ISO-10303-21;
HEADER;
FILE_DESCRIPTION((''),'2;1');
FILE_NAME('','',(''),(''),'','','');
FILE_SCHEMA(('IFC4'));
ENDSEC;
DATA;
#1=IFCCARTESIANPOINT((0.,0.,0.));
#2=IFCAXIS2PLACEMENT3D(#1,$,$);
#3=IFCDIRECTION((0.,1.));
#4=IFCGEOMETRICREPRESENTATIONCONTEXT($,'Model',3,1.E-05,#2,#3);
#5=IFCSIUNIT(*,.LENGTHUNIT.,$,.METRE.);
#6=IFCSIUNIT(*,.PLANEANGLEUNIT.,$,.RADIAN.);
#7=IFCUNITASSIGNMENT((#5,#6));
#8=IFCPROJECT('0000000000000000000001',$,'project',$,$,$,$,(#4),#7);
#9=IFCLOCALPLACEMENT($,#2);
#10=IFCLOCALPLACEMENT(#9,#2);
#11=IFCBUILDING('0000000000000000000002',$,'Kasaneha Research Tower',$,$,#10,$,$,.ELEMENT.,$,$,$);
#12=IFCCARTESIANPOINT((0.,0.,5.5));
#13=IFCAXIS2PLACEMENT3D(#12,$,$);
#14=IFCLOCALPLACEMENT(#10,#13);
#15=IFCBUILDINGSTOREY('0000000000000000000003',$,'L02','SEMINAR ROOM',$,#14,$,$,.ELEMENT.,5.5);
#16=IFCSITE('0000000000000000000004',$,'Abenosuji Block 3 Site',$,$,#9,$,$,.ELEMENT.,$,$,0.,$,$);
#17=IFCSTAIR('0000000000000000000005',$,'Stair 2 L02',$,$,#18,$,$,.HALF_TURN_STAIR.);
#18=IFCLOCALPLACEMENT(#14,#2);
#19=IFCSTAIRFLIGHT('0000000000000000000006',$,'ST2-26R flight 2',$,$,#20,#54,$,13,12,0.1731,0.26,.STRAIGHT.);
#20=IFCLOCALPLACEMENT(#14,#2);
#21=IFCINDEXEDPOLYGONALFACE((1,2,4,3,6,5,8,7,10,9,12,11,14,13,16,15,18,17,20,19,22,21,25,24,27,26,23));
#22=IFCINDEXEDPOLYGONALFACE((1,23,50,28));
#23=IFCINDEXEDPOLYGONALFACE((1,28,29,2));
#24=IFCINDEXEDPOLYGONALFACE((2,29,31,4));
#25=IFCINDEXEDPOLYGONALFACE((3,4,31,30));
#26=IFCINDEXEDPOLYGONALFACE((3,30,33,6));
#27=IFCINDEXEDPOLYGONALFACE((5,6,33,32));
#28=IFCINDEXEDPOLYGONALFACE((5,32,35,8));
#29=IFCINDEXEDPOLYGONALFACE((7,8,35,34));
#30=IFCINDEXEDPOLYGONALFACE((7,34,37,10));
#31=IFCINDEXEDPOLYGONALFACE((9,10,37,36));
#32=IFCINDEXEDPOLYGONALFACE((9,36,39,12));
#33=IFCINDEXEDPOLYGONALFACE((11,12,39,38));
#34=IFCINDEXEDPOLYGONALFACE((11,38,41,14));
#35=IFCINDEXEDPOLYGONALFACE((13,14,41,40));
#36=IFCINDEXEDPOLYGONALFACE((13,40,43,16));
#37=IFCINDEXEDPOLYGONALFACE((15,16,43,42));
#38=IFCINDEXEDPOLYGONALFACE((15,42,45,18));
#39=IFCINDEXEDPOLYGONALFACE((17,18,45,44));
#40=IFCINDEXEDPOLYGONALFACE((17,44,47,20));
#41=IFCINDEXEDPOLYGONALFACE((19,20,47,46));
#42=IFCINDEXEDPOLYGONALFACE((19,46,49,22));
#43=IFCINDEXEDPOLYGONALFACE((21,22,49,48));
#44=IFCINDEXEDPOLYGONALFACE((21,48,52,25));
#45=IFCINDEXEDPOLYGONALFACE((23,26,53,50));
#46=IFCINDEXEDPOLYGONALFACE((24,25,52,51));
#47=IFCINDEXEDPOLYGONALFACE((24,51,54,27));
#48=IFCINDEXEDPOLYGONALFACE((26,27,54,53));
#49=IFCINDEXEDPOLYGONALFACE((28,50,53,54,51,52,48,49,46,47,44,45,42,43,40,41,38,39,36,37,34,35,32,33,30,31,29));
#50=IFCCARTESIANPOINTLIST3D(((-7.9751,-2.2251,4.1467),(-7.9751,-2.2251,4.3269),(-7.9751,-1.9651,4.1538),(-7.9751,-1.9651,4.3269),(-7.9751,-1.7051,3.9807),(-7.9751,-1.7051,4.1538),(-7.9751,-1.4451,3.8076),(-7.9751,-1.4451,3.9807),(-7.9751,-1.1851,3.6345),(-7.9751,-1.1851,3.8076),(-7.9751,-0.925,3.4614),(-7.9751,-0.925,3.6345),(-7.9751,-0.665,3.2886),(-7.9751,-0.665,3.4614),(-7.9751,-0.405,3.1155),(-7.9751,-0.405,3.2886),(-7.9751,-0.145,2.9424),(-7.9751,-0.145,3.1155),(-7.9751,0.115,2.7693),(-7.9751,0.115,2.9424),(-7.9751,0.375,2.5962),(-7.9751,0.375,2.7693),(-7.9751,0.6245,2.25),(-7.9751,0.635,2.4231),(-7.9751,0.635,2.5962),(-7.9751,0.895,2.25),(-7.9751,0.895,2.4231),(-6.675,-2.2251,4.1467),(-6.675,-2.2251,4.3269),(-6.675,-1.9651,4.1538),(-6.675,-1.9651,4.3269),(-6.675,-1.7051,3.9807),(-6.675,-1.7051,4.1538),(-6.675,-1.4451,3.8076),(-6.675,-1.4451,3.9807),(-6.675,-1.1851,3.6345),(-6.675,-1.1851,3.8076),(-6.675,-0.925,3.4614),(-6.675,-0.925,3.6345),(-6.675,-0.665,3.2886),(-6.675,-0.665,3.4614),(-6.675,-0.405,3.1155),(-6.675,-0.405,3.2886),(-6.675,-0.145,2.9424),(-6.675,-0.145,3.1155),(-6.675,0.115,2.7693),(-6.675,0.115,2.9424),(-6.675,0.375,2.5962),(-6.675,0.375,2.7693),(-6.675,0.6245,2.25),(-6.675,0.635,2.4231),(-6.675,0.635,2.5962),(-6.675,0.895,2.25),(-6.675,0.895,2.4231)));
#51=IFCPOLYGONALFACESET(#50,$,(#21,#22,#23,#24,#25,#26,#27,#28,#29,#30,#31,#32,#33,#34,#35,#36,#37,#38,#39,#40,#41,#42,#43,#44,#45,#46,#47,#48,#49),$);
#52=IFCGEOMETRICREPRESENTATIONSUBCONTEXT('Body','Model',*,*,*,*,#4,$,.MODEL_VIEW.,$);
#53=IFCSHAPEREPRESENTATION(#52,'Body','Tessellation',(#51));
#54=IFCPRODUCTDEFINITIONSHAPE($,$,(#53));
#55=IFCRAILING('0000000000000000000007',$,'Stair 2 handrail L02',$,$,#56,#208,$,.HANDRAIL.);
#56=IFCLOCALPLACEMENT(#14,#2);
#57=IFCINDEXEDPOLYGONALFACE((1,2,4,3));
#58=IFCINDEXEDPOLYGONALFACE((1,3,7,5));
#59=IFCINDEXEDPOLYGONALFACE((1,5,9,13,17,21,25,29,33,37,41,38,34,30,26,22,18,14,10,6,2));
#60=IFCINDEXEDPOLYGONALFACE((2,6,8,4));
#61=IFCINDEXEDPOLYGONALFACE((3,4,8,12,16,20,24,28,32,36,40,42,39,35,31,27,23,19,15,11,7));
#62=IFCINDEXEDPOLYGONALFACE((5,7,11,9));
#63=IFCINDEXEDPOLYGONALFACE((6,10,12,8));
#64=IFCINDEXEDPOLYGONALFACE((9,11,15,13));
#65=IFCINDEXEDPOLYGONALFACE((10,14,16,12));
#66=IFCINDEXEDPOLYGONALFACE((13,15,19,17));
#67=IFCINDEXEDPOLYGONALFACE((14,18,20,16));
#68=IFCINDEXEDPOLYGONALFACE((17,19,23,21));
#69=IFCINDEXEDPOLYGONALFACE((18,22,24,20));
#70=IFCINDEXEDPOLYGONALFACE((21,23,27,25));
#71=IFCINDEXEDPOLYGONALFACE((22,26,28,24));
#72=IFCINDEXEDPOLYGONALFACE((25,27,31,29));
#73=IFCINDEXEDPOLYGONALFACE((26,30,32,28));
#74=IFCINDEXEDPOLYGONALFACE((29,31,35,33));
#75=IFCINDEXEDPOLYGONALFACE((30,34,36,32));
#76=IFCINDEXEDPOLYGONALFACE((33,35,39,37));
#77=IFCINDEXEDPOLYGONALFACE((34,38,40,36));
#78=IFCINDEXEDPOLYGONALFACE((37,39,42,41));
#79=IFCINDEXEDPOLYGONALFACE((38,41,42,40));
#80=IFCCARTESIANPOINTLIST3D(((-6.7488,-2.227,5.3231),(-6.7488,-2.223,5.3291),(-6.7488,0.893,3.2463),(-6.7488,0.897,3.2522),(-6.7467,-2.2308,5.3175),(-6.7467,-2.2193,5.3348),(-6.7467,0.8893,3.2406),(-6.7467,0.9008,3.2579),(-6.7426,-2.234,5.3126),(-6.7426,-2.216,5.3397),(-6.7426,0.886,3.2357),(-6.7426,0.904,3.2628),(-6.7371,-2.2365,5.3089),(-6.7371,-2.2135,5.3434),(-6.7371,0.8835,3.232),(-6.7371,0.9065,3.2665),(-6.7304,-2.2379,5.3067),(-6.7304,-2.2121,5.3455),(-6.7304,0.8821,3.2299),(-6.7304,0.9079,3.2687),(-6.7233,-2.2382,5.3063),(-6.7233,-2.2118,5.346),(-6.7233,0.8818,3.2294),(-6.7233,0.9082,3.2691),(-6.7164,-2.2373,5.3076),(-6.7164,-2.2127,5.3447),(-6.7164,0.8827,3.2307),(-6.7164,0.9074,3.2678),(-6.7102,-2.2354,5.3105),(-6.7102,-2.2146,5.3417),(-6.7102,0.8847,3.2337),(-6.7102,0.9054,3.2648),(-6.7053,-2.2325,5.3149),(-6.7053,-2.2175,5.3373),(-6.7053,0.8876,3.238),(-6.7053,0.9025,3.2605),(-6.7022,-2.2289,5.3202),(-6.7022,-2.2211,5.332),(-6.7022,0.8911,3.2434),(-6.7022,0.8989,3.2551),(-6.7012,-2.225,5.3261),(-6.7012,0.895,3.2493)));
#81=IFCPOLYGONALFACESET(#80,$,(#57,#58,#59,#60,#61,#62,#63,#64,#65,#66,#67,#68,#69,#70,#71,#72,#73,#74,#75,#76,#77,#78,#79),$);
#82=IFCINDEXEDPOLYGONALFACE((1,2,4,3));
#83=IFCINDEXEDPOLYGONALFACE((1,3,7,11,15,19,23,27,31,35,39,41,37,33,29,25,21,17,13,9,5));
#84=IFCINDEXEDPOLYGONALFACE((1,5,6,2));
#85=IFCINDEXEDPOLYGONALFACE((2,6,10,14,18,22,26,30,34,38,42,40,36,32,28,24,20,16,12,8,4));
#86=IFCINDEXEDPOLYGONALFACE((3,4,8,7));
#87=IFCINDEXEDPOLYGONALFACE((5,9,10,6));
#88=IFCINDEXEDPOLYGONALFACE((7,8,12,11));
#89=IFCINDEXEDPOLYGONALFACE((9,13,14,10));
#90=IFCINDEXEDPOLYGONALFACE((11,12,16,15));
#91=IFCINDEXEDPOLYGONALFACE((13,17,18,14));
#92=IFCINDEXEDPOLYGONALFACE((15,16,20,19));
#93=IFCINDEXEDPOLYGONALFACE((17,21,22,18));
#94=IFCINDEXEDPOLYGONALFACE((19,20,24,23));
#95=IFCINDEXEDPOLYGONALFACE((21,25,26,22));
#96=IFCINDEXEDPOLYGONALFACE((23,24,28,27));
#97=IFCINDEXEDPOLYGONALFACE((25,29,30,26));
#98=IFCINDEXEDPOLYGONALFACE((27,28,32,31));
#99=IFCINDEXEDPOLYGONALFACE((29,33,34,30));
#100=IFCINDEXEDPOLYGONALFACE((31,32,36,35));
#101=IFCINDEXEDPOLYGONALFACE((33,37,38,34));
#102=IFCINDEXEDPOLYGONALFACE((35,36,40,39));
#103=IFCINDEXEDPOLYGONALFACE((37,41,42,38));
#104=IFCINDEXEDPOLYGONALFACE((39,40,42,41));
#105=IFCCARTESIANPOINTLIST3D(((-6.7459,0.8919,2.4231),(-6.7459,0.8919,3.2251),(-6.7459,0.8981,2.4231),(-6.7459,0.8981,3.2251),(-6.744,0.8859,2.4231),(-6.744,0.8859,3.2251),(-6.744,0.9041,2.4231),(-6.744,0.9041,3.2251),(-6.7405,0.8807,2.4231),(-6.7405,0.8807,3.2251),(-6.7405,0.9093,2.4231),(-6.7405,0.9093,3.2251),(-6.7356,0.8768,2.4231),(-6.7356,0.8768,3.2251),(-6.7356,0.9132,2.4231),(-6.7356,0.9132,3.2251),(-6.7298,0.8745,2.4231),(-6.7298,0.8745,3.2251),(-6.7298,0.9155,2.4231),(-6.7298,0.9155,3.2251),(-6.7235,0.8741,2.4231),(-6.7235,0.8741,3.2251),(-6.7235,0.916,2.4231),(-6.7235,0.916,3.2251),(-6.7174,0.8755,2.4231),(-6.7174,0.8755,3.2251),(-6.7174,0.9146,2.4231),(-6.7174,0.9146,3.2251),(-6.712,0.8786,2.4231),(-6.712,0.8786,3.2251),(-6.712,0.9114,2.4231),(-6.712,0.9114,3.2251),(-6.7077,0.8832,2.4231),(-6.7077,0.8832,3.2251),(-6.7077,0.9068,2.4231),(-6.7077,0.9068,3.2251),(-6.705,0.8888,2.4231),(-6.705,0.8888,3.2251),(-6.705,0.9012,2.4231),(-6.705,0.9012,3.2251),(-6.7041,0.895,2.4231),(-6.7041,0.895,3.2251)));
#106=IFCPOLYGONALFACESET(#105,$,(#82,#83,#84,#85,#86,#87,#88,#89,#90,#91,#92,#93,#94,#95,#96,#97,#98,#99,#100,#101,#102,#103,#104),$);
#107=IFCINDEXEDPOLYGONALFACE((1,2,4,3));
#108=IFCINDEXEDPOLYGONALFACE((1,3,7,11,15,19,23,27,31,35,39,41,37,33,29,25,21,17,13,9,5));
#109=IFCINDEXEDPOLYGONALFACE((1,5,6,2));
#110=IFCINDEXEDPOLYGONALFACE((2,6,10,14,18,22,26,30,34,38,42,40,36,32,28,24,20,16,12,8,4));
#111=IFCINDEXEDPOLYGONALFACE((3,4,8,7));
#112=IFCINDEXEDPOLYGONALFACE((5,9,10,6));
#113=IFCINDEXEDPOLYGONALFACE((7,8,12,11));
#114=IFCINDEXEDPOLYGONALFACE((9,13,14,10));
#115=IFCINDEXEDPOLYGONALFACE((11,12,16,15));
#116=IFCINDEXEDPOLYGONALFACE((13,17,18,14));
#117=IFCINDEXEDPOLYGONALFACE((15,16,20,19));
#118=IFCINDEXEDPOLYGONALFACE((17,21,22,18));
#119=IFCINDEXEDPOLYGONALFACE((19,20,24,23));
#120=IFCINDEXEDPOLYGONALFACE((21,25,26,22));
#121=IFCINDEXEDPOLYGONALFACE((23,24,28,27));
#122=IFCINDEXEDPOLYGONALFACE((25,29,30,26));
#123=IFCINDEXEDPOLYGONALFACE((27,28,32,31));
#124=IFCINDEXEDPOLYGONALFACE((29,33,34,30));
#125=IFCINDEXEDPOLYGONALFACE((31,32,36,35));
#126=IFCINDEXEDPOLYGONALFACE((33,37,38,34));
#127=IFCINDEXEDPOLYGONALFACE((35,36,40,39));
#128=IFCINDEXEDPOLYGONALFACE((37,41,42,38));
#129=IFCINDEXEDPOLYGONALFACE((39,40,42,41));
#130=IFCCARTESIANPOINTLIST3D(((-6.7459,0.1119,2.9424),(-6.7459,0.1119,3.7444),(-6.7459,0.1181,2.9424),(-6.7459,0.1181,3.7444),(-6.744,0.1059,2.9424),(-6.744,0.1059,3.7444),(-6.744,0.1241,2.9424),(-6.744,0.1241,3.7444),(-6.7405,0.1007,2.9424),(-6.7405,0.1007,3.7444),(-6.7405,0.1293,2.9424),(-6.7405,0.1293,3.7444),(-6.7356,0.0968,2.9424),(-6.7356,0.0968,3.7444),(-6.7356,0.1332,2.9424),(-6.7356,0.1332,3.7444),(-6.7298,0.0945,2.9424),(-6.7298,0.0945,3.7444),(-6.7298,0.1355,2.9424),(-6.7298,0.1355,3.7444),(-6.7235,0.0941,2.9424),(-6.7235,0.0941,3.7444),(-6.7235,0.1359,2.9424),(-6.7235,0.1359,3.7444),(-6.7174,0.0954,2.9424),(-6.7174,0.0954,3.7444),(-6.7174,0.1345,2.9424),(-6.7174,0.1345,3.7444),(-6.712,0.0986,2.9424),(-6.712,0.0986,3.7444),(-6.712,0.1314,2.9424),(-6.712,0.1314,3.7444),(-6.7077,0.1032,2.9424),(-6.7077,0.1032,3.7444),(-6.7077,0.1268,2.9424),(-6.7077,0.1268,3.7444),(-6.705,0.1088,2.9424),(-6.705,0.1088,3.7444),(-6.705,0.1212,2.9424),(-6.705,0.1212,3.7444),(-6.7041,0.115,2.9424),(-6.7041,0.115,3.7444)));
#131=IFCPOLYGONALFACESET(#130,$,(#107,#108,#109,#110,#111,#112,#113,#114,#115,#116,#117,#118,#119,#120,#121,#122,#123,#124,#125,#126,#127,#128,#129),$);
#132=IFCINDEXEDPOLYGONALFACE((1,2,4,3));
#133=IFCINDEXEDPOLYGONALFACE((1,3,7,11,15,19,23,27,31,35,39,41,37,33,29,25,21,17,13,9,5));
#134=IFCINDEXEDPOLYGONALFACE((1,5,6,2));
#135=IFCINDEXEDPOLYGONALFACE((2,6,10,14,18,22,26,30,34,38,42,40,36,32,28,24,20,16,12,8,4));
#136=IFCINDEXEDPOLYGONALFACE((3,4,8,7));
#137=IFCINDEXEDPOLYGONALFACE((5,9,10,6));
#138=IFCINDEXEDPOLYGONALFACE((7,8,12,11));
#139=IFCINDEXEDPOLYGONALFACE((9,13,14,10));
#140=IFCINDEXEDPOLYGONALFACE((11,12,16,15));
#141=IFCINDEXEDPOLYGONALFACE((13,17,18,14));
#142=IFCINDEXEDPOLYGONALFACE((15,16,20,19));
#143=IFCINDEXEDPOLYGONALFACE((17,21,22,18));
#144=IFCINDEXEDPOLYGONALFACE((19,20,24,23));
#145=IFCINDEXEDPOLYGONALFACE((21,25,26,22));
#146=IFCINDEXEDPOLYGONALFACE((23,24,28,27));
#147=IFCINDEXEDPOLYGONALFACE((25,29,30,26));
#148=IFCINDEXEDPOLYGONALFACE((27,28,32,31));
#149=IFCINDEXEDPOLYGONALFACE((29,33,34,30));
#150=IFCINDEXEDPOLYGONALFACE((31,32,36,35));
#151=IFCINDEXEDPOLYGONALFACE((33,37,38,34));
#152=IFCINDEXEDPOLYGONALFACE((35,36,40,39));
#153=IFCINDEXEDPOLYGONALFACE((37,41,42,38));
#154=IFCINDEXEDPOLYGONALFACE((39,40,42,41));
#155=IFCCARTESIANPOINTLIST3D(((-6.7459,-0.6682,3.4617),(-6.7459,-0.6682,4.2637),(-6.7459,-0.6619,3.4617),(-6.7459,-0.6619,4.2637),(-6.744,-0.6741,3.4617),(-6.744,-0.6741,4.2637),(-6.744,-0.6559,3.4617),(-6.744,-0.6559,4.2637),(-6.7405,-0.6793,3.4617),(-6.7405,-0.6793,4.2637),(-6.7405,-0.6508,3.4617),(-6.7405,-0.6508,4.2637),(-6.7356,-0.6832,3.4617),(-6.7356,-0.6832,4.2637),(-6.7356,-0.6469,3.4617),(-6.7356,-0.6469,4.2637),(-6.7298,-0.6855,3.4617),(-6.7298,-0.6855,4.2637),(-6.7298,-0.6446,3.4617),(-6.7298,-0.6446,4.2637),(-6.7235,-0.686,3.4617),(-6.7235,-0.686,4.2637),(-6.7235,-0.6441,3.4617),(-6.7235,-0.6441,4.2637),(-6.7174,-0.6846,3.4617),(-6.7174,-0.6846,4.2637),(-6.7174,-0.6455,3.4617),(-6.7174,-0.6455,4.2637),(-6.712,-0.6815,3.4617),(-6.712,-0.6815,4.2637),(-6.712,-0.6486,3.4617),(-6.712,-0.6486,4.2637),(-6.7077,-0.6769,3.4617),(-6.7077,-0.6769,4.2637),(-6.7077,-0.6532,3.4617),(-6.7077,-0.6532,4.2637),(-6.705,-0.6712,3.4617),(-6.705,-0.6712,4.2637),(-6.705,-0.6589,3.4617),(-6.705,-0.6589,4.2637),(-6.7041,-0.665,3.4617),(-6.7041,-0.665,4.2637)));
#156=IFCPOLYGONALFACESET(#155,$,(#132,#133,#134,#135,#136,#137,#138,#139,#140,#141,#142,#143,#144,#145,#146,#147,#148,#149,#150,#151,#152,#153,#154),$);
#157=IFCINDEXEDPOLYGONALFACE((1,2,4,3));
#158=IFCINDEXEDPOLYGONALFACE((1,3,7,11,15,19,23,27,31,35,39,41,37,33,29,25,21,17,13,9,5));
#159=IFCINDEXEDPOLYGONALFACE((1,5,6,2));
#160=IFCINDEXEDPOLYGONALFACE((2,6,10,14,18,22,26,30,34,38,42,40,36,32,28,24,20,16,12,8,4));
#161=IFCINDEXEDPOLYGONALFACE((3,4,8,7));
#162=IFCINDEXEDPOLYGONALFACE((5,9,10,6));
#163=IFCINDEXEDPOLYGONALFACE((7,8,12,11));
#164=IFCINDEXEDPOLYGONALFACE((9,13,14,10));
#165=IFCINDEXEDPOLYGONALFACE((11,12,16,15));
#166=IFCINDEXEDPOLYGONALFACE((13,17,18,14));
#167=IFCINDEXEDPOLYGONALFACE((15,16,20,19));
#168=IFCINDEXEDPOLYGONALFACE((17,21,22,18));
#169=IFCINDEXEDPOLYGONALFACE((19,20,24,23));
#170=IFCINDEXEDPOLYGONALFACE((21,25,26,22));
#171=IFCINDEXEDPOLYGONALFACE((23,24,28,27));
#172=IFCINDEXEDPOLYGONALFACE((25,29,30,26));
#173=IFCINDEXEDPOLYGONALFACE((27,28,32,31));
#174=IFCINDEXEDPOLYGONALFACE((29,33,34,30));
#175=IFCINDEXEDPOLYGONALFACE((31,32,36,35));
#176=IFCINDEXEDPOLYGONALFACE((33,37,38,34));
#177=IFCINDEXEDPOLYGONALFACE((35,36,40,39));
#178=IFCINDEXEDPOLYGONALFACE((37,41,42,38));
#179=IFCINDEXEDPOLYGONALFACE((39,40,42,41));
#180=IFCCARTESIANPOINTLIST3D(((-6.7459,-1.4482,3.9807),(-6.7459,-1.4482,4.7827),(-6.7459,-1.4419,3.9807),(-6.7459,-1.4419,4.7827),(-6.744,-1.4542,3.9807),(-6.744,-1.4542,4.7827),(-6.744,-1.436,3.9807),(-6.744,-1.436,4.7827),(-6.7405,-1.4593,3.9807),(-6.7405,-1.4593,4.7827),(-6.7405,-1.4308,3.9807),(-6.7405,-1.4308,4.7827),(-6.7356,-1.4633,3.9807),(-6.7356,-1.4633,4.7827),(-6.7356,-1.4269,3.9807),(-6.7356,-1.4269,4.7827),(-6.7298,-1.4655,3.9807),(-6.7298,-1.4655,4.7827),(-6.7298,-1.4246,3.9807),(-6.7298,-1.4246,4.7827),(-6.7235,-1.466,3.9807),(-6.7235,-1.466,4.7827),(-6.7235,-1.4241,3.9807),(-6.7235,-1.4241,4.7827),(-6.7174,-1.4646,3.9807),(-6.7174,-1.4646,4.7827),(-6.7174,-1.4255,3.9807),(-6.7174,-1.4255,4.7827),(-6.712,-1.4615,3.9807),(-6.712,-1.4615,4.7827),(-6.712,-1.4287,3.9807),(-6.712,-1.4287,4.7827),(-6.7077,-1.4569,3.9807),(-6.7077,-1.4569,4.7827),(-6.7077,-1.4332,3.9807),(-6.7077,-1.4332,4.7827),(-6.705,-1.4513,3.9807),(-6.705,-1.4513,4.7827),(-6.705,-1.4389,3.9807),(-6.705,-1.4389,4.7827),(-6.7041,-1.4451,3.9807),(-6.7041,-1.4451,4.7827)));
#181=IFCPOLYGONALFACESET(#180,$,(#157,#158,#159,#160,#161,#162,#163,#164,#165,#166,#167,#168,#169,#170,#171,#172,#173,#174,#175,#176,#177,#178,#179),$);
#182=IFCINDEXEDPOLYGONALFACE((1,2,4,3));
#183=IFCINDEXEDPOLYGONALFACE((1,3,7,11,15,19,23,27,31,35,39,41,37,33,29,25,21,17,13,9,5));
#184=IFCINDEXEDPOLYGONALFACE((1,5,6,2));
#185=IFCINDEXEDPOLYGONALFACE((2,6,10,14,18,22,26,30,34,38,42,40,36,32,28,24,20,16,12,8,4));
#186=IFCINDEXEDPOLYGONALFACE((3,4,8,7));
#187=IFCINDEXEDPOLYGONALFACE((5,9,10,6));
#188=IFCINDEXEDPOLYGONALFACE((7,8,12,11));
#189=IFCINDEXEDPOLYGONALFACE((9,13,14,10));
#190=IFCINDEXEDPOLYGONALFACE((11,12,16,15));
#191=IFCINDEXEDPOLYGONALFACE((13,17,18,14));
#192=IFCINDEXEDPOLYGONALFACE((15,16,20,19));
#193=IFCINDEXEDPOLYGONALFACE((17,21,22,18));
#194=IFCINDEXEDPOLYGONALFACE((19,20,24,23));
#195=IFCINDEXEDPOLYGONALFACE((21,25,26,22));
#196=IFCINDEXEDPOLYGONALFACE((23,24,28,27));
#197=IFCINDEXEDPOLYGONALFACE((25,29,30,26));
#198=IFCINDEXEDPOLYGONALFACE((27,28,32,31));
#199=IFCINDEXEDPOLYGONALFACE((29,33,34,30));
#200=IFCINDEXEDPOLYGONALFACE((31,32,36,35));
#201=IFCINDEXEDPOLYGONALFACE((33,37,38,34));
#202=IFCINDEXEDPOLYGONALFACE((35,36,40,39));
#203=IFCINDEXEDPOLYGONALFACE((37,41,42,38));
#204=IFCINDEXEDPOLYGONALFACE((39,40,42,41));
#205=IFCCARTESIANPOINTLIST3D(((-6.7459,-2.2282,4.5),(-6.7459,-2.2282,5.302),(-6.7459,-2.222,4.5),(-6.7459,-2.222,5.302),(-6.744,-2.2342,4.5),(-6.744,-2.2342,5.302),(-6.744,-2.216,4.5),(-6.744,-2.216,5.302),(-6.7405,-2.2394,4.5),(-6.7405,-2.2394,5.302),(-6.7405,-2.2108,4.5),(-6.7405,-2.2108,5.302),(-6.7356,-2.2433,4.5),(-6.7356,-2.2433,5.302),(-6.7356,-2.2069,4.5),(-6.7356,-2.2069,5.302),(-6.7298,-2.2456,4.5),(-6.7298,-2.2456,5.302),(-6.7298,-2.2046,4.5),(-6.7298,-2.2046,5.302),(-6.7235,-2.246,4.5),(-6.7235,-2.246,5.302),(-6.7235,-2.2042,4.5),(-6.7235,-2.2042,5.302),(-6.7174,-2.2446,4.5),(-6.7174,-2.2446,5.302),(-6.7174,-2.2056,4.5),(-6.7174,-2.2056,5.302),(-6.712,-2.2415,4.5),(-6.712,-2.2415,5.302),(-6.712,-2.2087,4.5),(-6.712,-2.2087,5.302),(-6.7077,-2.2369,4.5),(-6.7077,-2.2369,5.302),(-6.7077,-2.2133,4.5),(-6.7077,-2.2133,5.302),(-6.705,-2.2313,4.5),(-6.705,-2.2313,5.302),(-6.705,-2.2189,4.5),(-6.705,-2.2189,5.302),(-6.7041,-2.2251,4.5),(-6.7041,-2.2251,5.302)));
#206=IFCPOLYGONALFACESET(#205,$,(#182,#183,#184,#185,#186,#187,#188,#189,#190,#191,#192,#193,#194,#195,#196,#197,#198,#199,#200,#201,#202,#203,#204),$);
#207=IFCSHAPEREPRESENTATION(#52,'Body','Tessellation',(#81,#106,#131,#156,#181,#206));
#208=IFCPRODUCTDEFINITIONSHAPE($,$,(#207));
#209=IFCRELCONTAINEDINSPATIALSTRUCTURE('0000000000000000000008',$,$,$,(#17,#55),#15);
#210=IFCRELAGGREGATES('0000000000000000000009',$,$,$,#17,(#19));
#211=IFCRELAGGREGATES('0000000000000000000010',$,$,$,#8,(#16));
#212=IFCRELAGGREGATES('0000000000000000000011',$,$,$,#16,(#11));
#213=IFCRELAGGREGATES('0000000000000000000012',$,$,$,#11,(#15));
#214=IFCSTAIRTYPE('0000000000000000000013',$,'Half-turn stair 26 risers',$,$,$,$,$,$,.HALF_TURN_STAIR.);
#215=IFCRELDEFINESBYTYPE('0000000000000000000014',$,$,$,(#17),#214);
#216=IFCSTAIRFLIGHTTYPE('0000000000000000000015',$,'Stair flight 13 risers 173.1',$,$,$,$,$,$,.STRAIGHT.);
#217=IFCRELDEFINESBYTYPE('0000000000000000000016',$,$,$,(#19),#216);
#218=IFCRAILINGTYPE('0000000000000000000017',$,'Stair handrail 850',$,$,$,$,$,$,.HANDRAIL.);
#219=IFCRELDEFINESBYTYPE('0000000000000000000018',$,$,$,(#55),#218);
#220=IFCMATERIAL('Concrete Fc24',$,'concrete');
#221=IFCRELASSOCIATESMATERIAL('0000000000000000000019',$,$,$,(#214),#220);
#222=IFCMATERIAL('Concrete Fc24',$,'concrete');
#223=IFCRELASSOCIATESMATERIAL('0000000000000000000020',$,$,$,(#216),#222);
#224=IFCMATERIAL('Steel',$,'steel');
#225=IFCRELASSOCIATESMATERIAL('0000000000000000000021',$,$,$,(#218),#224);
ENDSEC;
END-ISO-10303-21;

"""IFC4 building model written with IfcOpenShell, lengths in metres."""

from ifc_helpers import new_model, si_unit, direction, frame, origin, origin_2d, place, context, subcontext, project, spatial, polyline, circle, outline, extrude, material, type_object, element, aggregate, save


model = new_model("IFC4")

# Units and contexts
model_context = context("Model", 3, precision=1e-05, world=origin(), true_north=direction((0.0, 1.0)))
body_context = subcontext(model_context, "Body", "Model", "MODEL_VIEW")
ifc_project = project(units=[si_unit("LENGTHUNIT", "METRE"), si_unit("PLANEANGLEUNIT", "RADIAN")], contexts=[model_context])

# Site, building, storey
site_placement = place(None, origin())
site = spatial("IfcSite", under=ifc_project, at=site_placement, Name="Abenosuji Block 3 Site", CompositionType="ELEMENT", RefElevation=0.0)
building_placement = place(site_placement, origin())
building = spatial("IfcBuilding", under=site, at=building_placement, Name="Kasaneha Research Tower", CompositionType="ELEMENT")
storey_placement = place(building_placement, frame((0.0, 0.0, 5.5)))
storey = spatial("IfcBuildingStorey", under=building, at=storey_placement, Name="L02", Description="SEMINAR ROOM", CompositionType="ELEMENT", Elevation=5.5)

# Stair, stair flight
ifc_material_1 = material(Name="Concrete Fc24", Category="concrete")
stair_type = type_object("IfcStairType", Name="Half-turn stair 26 risers", PredefinedType="HALF_TURN_STAIR", material=ifc_material_1)
stair_placement = place(storey_placement, origin())
stair = element("IfcStair", 1, at=stair_placement, inside=storey, type_object=stair_type, Name="Stair 2 L02", PredefinedType="HALF_TURN_STAIR")
ifc_material_2 = material(Name="Concrete Fc24", Category="concrete")
stair_flight_type = type_object("IfcStairFlightType", Name="Stair flight 13 risers 173.1", PredefinedType="STRAIGHT", material=ifc_material_2)
stair_flight_placement = place(storey_placement, frame((-7.325, 0.895, 2.25), z_axis=(0.0, 0.0, 1.0), x_axis=(0.0, -1.0, 0.0)))
stair_flight = element("IfcStairFlight", 2, at=stair_flight_placement, type_object=stair_flight_type, Name="ST2-26R flight 2", NumberOfRisers=13, NumberOfTreads=12, PredefinedType="STRAIGHT", RiserHeight=0.1731, TreadLength=0.26, context=body_context, shape_type="SweptSolid", body=[
    extrude(outline(polyline([(0.0, 0.0), (0.0, 0.1731), (0.26, 0.1731), (0.26, 0.3462), (0.52, 0.3462), (0.52, 0.5193), (0.78, 0.5193), (0.78, 0.6924), (1.04, 0.6924), (1.04, 0.8655), (1.3, 0.8655), (1.3, 1.0386), (1.5601, 1.0386), (1.5601, 1.2114), (1.8201, 1.2114), (1.8201, 1.3845), (2.0801, 1.3845), (2.0801, 1.5576), (2.3401, 1.5576), (2.3401, 1.7307), (2.6001, 1.7307), (2.6001, 1.9038), (2.8601, 1.9038), (2.8601, 2.0769), (3.1201, 2.0769), (3.1201, 2.25), (3.1201, 1.8967), (0.2705, 0.0), (0.0, 0.0)])), frame((0.0, 0.6499, 0.0), z_axis=(0.0, -1.0, 0.0), x_axis=(1.0, 0.0, 0.0)), (0.0, 0.0, 1.0), 1.3),
])
aggregate(stair, [stair_flight])

# Railing
ifc_material_3 = material(Name="Steel", Category="steel")
railing_type = type_object("IfcRailingType", Name="Stair handrail 850", PredefinedType="HANDRAIL", material=ifc_material_3)
railing_placement = place(storey_placement, frame((-6.7251, 0.895, 2.4231)))
element("IfcRailing", 3, at=railing_placement, inside=storey, type_object=railing_type, Name="Stair 2 handrail L02", PredefinedType="HANDRAIL", context=body_context, shape_type="SweptSolid", body=[
    extrude(circle(Radius=0.0239, at=origin_2d()), frame((0.0, 0.0, 0.8262), z_axis=(0.0, -0.832441, 0.554114), x_axis=(1.0, 0.0, 0.0)), (0.0, 0.0, 1.0), 3.748),
    extrude(circle(Radius=0.021, at=origin_2d()), origin(), (0.0, 0.0, 1.0), 0.802),
    extrude(circle(Radius=0.021, at=origin_2d()), frame((0.0, -0.78, 0.5193)), (0.0, 0.0, 1.0), 0.802),
    extrude(circle(Radius=0.021, at=origin_2d()), frame((0.0, -1.5601, 1.0386)), (0.0, 0.0, 1.0), 0.802),
    extrude(circle(Radius=0.021, at=origin_2d()), frame((0.0, -2.3401, 1.5576)), (0.0, 0.0, 1.0), 0.802),
    extrude(circle(Radius=0.021, at=origin_2d()), frame((0.0, -3.1201, 2.0769)), (0.0, 0.0, 1.0), 0.802),
])

save(model, "model.ifc")
